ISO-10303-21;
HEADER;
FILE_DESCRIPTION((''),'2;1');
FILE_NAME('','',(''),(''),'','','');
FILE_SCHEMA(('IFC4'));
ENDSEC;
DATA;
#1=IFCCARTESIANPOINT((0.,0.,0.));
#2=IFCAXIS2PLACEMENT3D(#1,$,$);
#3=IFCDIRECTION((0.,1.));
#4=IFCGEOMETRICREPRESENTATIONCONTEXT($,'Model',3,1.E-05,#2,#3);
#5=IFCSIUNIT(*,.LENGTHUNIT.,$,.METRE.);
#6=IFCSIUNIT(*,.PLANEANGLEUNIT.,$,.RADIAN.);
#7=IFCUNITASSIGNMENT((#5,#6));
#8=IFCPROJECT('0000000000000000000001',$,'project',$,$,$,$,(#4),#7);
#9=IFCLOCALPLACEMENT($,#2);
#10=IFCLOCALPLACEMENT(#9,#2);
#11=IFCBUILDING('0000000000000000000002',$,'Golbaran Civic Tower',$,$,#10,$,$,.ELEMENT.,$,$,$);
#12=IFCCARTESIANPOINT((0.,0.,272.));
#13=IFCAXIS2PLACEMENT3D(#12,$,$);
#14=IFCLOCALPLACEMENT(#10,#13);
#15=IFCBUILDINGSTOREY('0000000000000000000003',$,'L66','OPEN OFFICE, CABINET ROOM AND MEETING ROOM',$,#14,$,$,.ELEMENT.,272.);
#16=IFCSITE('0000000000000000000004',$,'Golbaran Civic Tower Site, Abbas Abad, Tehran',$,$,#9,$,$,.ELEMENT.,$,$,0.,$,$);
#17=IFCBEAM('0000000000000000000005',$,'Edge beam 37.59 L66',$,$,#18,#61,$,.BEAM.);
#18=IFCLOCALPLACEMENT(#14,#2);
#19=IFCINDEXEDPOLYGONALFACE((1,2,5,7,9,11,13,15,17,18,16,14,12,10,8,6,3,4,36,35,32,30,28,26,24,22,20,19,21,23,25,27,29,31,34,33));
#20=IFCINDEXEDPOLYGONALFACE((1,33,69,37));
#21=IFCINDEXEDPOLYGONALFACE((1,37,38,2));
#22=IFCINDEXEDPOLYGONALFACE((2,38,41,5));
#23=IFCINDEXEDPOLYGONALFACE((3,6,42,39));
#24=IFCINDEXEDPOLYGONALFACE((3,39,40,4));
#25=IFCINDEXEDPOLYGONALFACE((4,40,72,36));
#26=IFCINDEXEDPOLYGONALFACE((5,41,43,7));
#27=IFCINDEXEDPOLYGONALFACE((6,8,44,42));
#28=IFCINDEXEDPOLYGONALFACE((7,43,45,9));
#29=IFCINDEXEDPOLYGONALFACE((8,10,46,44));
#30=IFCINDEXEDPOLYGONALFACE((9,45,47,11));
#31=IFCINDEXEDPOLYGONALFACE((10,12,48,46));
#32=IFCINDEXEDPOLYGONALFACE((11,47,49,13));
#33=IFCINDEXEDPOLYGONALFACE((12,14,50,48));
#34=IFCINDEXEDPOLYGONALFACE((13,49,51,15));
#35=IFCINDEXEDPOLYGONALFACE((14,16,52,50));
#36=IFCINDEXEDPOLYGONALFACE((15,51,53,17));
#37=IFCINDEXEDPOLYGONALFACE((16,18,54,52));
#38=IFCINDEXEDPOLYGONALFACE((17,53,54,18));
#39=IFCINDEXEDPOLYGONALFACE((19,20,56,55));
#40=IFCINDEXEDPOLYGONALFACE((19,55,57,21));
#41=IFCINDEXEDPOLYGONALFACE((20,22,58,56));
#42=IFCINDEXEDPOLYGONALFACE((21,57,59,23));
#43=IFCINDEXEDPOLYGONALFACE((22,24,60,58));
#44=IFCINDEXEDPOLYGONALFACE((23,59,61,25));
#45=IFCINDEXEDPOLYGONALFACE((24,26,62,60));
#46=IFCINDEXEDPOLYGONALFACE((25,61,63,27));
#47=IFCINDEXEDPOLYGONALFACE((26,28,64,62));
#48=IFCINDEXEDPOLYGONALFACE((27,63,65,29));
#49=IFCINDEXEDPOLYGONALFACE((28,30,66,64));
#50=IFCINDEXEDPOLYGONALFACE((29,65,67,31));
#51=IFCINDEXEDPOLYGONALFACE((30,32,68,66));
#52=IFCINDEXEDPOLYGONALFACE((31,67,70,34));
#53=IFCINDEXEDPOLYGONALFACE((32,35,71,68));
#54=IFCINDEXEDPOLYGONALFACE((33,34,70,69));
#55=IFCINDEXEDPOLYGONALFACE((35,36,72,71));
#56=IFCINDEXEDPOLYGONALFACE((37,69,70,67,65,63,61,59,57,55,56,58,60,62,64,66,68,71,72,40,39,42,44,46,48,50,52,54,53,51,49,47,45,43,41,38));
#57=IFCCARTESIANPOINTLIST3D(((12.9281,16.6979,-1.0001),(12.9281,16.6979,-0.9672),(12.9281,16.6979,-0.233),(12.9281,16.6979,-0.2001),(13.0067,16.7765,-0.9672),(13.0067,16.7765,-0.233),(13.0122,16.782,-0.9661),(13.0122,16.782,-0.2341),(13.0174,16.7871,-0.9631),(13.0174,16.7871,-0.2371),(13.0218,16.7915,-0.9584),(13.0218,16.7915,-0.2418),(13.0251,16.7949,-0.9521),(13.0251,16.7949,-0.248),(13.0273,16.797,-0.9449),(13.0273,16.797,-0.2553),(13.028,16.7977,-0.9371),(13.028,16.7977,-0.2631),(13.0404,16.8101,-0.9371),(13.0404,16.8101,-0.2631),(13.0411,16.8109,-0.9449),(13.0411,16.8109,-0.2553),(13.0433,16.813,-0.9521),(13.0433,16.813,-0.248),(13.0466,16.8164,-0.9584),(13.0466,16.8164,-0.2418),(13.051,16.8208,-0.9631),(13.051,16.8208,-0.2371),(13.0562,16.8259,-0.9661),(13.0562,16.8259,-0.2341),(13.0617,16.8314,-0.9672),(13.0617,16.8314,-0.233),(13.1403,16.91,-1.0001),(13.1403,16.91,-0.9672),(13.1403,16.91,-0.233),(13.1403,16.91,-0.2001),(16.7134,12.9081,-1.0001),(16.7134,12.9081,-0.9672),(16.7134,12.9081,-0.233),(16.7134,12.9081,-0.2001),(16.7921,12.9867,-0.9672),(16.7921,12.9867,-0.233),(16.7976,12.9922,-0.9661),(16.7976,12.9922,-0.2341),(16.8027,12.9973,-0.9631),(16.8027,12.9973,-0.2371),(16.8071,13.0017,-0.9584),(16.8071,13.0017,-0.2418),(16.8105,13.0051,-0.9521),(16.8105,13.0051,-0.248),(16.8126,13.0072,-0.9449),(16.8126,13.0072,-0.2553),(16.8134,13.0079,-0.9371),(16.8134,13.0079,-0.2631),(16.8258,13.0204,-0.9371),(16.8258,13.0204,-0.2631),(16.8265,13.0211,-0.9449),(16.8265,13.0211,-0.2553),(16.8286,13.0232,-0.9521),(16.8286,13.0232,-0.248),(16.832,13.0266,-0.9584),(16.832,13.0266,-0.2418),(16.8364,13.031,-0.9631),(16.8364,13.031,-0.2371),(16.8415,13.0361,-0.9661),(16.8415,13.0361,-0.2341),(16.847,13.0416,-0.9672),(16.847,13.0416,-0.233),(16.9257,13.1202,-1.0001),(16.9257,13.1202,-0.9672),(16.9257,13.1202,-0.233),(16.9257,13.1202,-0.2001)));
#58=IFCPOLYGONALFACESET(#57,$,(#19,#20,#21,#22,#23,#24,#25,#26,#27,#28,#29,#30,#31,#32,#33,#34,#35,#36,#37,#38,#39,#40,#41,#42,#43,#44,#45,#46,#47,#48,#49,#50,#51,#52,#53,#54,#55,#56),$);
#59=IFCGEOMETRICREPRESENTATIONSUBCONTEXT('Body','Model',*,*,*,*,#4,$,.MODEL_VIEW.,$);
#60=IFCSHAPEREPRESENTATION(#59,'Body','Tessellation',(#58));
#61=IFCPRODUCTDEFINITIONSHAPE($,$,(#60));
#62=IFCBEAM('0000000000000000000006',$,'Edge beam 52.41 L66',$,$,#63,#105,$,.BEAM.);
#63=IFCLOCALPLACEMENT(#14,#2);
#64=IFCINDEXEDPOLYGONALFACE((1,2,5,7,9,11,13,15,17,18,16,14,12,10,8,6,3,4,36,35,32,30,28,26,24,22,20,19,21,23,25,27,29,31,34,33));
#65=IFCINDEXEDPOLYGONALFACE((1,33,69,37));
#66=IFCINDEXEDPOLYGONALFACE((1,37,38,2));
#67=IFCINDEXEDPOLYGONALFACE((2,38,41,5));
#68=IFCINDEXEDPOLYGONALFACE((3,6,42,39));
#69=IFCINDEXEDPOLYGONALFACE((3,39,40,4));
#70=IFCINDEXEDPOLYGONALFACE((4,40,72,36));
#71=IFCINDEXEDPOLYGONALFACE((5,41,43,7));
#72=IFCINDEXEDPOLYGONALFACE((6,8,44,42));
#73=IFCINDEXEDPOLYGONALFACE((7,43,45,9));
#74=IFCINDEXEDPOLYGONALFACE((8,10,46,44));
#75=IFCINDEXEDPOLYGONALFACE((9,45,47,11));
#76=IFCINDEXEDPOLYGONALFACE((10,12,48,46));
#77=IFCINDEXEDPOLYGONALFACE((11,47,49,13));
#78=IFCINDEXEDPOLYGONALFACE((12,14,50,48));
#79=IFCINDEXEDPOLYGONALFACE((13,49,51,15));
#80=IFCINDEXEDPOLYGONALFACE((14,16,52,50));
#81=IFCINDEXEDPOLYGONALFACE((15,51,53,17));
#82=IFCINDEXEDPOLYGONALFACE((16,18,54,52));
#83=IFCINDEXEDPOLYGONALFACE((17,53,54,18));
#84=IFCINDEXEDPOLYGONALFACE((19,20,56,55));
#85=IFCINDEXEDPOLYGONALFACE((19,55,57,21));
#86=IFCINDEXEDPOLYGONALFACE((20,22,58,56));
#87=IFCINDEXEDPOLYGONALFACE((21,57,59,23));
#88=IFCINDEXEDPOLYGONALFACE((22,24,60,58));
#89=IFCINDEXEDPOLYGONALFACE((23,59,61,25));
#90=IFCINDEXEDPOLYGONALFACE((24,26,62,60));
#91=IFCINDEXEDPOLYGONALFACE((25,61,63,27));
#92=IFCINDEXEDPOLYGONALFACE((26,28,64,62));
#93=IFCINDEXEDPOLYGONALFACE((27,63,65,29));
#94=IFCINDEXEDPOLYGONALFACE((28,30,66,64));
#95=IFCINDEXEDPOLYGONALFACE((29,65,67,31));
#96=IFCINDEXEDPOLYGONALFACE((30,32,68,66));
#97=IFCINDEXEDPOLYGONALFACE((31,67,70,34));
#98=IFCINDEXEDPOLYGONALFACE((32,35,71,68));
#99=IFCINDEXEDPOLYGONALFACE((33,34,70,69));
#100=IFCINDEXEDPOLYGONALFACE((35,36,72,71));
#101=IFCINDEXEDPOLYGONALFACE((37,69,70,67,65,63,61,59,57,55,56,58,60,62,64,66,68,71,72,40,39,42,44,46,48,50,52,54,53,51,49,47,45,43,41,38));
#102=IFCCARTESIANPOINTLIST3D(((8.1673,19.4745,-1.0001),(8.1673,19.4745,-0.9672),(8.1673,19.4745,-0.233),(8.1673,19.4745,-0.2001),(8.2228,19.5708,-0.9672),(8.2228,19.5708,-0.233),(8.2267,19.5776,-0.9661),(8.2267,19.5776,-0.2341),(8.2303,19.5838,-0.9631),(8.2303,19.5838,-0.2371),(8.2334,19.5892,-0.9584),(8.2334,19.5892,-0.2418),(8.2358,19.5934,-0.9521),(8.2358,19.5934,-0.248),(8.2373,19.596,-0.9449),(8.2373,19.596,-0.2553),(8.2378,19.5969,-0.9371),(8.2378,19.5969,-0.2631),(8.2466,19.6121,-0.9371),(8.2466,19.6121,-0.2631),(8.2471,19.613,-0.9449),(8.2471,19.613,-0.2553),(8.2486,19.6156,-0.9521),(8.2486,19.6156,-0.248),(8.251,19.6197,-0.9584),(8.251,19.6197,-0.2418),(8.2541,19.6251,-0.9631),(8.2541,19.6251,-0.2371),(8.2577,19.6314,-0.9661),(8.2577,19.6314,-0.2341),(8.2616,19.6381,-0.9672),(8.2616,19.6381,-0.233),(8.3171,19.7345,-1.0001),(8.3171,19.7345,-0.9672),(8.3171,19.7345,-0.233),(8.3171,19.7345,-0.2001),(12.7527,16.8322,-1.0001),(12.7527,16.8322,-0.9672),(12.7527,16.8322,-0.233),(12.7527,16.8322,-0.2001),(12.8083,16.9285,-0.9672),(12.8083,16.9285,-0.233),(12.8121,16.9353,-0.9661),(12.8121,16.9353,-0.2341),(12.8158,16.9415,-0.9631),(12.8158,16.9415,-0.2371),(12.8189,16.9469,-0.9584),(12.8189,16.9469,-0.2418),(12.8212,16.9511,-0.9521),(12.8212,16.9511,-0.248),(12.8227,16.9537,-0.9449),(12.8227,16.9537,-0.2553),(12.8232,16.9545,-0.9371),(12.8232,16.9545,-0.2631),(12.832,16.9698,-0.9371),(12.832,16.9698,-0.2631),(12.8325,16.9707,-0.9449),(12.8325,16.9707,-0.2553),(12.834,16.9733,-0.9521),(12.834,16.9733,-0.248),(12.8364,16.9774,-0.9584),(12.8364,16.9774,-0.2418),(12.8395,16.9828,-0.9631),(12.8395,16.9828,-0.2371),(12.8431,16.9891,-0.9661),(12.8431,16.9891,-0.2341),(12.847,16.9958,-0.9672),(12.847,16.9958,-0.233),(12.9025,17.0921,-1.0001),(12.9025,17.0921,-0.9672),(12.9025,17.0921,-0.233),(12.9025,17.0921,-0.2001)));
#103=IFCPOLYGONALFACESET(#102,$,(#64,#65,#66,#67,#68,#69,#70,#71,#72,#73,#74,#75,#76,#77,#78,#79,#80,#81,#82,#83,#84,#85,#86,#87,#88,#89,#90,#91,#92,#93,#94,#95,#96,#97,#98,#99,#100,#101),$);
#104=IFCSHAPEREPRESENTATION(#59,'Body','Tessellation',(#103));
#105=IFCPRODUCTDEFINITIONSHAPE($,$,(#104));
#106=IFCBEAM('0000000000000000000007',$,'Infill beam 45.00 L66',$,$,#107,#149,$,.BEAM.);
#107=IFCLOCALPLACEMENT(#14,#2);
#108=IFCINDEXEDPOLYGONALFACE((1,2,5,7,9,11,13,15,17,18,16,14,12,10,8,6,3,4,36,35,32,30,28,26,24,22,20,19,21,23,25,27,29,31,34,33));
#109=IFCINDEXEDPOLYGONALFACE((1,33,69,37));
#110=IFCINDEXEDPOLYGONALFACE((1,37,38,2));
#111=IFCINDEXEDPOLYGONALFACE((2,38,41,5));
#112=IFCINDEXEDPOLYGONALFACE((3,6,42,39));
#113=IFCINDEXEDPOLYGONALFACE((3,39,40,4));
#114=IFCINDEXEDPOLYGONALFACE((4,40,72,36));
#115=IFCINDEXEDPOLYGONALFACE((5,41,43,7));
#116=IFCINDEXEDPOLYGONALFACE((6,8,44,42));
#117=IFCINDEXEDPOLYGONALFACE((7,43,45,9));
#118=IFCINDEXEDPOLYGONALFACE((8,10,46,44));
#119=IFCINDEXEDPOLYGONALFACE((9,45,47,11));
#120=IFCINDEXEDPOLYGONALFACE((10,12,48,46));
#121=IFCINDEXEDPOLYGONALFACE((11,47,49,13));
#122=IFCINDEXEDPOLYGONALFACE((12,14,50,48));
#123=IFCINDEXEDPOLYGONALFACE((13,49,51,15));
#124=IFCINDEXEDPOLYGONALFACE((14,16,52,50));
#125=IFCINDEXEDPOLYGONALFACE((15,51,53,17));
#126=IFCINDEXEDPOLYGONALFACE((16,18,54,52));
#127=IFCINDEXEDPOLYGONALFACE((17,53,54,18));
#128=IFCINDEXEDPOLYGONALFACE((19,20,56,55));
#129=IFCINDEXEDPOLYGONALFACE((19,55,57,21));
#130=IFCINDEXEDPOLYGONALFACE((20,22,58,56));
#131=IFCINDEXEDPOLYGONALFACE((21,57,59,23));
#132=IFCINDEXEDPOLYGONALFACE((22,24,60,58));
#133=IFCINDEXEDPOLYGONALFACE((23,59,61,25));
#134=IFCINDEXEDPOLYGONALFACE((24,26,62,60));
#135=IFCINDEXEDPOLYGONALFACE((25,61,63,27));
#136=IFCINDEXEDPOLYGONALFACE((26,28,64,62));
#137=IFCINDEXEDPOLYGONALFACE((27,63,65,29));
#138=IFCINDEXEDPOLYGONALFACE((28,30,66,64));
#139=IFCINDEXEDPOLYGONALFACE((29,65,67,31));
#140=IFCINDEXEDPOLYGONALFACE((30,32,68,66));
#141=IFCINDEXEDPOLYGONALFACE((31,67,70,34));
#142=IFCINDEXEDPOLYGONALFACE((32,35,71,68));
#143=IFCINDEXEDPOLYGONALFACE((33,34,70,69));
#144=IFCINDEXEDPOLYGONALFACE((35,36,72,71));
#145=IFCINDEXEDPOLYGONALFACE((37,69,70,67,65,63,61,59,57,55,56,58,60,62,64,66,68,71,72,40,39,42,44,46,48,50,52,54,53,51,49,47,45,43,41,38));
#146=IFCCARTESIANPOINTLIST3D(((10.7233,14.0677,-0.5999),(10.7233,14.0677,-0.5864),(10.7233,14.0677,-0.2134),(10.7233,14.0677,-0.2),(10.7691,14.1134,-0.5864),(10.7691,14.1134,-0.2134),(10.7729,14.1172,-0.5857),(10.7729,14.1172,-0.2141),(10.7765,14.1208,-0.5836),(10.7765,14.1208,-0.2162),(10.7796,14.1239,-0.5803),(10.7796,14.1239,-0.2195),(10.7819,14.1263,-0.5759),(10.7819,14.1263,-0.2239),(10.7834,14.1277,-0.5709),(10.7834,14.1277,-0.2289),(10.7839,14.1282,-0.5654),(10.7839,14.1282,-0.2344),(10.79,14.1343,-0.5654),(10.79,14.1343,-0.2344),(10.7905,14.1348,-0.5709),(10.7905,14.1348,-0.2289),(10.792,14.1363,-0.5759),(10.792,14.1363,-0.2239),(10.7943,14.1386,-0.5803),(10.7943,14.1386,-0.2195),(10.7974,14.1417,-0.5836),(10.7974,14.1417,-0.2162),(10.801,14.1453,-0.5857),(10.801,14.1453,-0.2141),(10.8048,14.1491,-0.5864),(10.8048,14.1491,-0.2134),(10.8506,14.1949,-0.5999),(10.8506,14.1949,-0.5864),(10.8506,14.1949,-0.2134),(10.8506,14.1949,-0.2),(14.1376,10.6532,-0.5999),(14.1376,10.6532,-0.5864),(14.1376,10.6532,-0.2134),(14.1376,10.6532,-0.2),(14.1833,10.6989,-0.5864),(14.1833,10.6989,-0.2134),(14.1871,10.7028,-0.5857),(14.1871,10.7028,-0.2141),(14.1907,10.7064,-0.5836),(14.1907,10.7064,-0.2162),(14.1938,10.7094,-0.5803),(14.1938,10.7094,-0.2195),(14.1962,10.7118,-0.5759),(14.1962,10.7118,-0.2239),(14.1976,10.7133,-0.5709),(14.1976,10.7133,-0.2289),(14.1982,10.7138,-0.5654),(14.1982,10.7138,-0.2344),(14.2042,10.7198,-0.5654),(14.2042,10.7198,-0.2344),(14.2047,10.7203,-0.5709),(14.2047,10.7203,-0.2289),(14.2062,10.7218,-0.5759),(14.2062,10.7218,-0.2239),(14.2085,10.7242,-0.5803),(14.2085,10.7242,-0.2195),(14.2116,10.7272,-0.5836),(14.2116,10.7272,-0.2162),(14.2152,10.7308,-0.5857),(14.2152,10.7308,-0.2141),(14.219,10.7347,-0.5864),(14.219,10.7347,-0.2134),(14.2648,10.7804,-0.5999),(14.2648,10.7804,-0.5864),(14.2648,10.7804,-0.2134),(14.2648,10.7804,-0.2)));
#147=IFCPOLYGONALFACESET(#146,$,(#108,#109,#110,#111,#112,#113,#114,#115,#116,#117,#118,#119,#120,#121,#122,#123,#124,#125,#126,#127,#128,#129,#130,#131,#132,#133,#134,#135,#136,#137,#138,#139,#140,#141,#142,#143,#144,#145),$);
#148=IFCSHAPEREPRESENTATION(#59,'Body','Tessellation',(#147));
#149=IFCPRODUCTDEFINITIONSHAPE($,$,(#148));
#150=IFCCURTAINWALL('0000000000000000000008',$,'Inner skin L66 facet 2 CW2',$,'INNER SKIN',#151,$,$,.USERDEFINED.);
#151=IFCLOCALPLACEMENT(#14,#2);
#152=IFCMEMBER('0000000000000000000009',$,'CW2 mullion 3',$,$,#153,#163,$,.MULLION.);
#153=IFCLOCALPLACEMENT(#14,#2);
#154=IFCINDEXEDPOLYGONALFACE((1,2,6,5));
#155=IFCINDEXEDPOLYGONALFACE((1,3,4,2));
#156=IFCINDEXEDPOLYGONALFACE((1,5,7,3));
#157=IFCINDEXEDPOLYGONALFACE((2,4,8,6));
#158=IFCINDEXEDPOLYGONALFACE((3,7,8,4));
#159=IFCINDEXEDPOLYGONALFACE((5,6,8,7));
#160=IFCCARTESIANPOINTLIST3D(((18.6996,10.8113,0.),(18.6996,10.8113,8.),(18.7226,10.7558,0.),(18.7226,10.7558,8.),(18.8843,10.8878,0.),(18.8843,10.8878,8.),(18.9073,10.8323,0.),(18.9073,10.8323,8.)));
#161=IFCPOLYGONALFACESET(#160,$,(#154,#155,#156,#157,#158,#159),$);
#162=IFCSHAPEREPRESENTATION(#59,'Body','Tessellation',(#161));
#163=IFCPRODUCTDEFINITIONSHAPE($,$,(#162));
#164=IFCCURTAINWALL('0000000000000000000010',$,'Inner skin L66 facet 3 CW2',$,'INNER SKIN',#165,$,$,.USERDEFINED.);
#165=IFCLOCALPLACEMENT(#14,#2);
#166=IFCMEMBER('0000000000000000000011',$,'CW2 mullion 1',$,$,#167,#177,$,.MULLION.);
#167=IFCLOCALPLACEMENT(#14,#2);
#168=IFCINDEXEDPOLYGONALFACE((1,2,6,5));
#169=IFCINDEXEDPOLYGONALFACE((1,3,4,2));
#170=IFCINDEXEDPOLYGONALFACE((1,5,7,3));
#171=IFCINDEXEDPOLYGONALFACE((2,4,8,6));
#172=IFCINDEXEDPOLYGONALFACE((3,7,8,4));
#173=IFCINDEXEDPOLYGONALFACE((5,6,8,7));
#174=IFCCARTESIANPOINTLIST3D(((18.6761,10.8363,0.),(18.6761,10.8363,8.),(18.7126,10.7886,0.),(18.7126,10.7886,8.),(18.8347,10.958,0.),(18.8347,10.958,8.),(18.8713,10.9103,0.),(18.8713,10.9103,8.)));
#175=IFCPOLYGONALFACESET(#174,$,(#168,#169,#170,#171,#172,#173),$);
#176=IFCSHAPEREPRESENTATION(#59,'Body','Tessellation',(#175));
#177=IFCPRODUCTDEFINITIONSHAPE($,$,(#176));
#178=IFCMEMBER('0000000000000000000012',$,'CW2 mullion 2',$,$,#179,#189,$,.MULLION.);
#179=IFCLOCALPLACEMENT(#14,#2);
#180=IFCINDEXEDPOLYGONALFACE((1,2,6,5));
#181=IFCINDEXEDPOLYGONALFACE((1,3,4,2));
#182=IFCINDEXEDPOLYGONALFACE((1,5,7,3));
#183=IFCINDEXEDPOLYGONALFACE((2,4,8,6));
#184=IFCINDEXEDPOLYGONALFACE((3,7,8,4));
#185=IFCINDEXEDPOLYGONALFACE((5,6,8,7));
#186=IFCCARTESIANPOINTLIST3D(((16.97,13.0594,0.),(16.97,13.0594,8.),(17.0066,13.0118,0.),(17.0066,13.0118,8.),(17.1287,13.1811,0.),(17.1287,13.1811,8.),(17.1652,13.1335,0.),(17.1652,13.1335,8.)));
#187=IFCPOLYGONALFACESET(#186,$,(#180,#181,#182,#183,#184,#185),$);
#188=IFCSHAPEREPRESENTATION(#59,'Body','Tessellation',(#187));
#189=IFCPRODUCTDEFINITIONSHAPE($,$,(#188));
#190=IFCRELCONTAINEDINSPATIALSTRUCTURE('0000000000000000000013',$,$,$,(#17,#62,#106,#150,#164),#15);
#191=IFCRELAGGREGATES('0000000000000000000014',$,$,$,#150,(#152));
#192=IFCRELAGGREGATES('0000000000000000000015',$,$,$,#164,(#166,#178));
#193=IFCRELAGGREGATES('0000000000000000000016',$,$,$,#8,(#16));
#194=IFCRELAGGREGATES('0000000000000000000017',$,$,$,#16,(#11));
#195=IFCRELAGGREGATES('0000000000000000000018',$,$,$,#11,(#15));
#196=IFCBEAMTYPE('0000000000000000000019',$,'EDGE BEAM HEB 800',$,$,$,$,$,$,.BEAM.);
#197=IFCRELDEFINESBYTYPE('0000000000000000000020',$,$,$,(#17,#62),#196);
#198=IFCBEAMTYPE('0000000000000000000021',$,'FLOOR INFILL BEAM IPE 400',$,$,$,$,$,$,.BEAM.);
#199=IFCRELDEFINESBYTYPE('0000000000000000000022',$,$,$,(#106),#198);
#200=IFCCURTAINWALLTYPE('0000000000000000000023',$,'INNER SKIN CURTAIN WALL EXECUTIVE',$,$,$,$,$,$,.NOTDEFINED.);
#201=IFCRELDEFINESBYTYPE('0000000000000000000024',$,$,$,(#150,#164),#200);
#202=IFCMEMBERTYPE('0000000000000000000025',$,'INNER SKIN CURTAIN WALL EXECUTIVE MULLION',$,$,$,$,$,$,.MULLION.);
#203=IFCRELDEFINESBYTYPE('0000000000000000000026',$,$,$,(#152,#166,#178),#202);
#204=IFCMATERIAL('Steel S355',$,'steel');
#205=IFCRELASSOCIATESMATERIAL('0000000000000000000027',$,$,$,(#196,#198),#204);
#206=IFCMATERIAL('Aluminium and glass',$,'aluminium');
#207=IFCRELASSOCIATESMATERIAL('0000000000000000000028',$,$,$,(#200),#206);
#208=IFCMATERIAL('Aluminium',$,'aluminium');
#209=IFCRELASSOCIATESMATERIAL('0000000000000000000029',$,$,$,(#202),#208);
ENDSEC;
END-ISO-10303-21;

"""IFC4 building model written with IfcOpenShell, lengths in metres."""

from ifc_helpers import new_model, si_unit, direction, frame, origin, origin_2d, place, context, subcontext, project, spatial, rectangle, i_section, extrude, material, material_profile, profile_set, type_object, element, aggregate, save


model = new_model("IFC4")

# Units and contexts
model_context = context("Model", 3, precision=1e-05, world=origin(), true_north=direction((0.0, 1.0)))
body_context = subcontext(model_context, "Body", "Model", "MODEL_VIEW")
ifc_project = project(units=[si_unit("LENGTHUNIT", "METRE"), si_unit("PLANEANGLEUNIT", "RADIAN")], contexts=[model_context])

# Site, building, storey
site_placement = place(None, origin())
site = spatial("IfcSite", under=ifc_project, at=site_placement, Name="Golbaran Civic Tower Site, Abbas Abad, Tehran", CompositionType="ELEMENT", RefElevation=0.0)
building_placement = place(site_placement, origin())
building = spatial("IfcBuilding", under=site, at=building_placement, Name="Golbaran Civic Tower", CompositionType="ELEMENT")
storey_placement = place(building_placement, frame((0.0, 0.0, 272.0)))
storey = spatial("IfcBuildingStorey", under=building, at=storey_placement, Name="L66", Description="OPEN OFFICE, CABINET ROOM AND MEETING ROOM", CompositionType="ELEMENT", Elevation=272.0)

# Beams
ifc_material_1 = material(Name="Steel S355", Category="steel")
ifc_material_profile_1 = material_profile(ifc_material_1, i_section(OverallWidth=0.3, OverallDepth=0.8, WebThickness=0.0176, FlangeThickness=0.033, FilletRadius=0.03, at=origin_2d()), Name="HEB 800")
ifc_profile_set_1 = profile_set([ifc_material_profile_1], Name="Steel S355")
beam_type_1 = type_object("IfcBeamType", Name="EDGE BEAM HEB 800", PredefinedType="BEAM", material=ifc_profile_set_1)
beam_1_placement = place(storey_placement, frame((16.8196, 13.0142, -0.6001), z_axis=(-0.706696, 0.707517, 0.0), x_axis=(-0.707517, -0.706696, 0.0)))
element("IfcBeam", 1, at=beam_1_placement, inside=storey, type_object=beam_type_1, Name="Edge beam 37.59 L66", PredefinedType="BEAM", context=body_context, shape_type="SweptSolid", body=[
    extrude(i_section(OverallWidth=0.3, OverallDepth=0.8, WebThickness=0.0176, FlangeThickness=0.033, FilletRadius=0.03, at=origin_2d()), origin(), (0.0, 0.0, 1.0), 5.3564),
])
beam_2_placement = place(storey_placement, frame((12.8276, 16.9622, -0.6001), z_axis=(-0.86644, 0.49928, 0.0), x_axis=(-0.49928, -0.86644, 0.0)))
element("IfcBeam", 2, at=beam_2_placement, inside=storey, type_object=beam_type_1, Name="Edge beam 52.41 L66", PredefinedType="BEAM", context=body_context, shape_type="SweptSolid", body=[
    extrude(i_section(OverallWidth=0.3, OverallDepth=0.8, WebThickness=0.0176, FlangeThickness=0.033, FilletRadius=0.03, at=origin_2d()), origin(), (0.0, 0.0, 1.0), 5.2922),
])
ifc_material_profile_2 = material_profile(ifc_material_1, i_section(OverallWidth=0.1799, OverallDepth=0.3999, WebThickness=0.0085, FlangeThickness=0.0134, FilletRadius=0.021, at=origin_2d()), Name="IPE 400")
ifc_profile_set_2 = profile_set([ifc_material_profile_2], Name="Steel S355")
beam_type_2 = type_object("IfcBeamType", Name="FLOOR INFILL BEAM IPE 400", PredefinedType="BEAM", material=ifc_profile_set_2)
beam_3_placement = place(storey_placement, frame((14.2012, 10.7168, -0.3999), z_axis=(-0.707082, 0.707132, 0.0), x_axis=(-0.707132, -0.707082, 0.0)))
element("IfcBeam", 3, at=beam_3_placement, inside=storey, type_object=beam_type_2, Name="Infill beam 45.00 L66", PredefinedType="BEAM", context=body_context, shape_type="SweptSolid", body=[
    extrude(i_section(OverallWidth=0.1799, OverallDepth=0.3999, WebThickness=0.0085, FlangeThickness=0.0134, FilletRadius=0.021, at=origin_2d()), origin(), (0.0, 0.0, 1.0), 4.8286),
])

# Curtain wall, member
ifc_material_2 = material(Name="Aluminium and glass", Category="aluminium")
curtain_wall_type = type_object("IfcCurtainWallType", Name="INNER SKIN CURTAIN WALL EXECUTIVE", PredefinedType="NOTDEFINED", material=ifc_material_2)
curtain_wall_1_placement = place(storey_placement, origin())
curtain_wall_1 = element("IfcCurtainWall", 4, at=curtain_wall_1_placement, inside=storey, type_object=curtain_wall_type, Name="Inner skin L66 facet 2 CW2", ObjectType="INNER SKIN", PredefinedType="USERDEFINED")
ifc_material_3 = material(Name="Aluminium", Category="aluminium")
ifc_material_profile_3 = material_profile(ifc_material_3, rectangle(XDim=0.2, YDim=0.0601, at=origin_2d()), Name="INNER SKIN CURTAIN WALL EXECUTIVE MULLION")
ifc_profile_set_3 = profile_set([ifc_material_profile_3], Name="Aluminium")
member_type_1 = type_object("IfcMemberType", Name="INNER SKIN CURTAIN WALL EXECUTIVE MULLION", PredefinedType="MULLION", material=ifc_profile_set_3)
member_1_placement = place(storey_placement, frame((18.8035, 10.8218, 0.0), z_axis=(0.0, 0.0, 1.0), x_axis=(-0.92388, -0.382683, 0.0)))
member_1 = element("IfcMember", 5, at=member_1_placement, type_object=member_type_1, Name="CW2 mullion 3", PredefinedType="MULLION", context=body_context, shape_type="SweptSolid", body=[
    extrude(rectangle(XDim=0.2, YDim=0.0601, at=origin_2d()), origin(), (0.0, 0.0, 1.0), 8.0),
])

# Curtain wall, members
curtain_wall_2_placement = place(storey_placement, origin())
curtain_wall_2 = element("IfcCurtainWall", 6, at=curtain_wall_2_placement, inside=storey, type_object=curtain_wall_type, Name="Inner skin L66 facet 3 CW2", ObjectType="INNER SKIN", PredefinedType="USERDEFINED")
member_2_placement = place(storey_placement, frame((18.7737, 10.8733, 0.0), z_axis=(0.0, 0.0, 1.0), x_axis=(-0.793353, -0.608761, 0.0)))
member_2 = element("IfcMember", 7, at=member_2_placement, type_object=member_type_1, Name="CW2 mullion 1", PredefinedType="MULLION", context=body_context, shape_type="SweptSolid", body=[
    extrude(rectangle(XDim=0.2, YDim=0.0601, at=origin_2d()), origin(), (0.0, 0.0, 1.0), 8.0),
])
member_3_placement = place(storey_placement, frame((17.0676, 13.0964, 0.0), z_axis=(0.0, 0.0, 1.0), x_axis=(-0.793353, -0.608761, 0.0)))
member_3 = element("IfcMember", 8, at=member_3_placement, type_object=member_type_1, Name="CW2 mullion 2", PredefinedType="MULLION", context=body_context, shape_type="SweptSolid", body=[
    extrude(rectangle(XDim=0.2, YDim=0.0601, at=origin_2d()), origin(), (0.0, 0.0, 1.0), 8.0),
])

aggregate(curtain_wall_1, [member_1])
aggregate(curtain_wall_2, [member_2, member_3])

save(model, "model.ifc")
